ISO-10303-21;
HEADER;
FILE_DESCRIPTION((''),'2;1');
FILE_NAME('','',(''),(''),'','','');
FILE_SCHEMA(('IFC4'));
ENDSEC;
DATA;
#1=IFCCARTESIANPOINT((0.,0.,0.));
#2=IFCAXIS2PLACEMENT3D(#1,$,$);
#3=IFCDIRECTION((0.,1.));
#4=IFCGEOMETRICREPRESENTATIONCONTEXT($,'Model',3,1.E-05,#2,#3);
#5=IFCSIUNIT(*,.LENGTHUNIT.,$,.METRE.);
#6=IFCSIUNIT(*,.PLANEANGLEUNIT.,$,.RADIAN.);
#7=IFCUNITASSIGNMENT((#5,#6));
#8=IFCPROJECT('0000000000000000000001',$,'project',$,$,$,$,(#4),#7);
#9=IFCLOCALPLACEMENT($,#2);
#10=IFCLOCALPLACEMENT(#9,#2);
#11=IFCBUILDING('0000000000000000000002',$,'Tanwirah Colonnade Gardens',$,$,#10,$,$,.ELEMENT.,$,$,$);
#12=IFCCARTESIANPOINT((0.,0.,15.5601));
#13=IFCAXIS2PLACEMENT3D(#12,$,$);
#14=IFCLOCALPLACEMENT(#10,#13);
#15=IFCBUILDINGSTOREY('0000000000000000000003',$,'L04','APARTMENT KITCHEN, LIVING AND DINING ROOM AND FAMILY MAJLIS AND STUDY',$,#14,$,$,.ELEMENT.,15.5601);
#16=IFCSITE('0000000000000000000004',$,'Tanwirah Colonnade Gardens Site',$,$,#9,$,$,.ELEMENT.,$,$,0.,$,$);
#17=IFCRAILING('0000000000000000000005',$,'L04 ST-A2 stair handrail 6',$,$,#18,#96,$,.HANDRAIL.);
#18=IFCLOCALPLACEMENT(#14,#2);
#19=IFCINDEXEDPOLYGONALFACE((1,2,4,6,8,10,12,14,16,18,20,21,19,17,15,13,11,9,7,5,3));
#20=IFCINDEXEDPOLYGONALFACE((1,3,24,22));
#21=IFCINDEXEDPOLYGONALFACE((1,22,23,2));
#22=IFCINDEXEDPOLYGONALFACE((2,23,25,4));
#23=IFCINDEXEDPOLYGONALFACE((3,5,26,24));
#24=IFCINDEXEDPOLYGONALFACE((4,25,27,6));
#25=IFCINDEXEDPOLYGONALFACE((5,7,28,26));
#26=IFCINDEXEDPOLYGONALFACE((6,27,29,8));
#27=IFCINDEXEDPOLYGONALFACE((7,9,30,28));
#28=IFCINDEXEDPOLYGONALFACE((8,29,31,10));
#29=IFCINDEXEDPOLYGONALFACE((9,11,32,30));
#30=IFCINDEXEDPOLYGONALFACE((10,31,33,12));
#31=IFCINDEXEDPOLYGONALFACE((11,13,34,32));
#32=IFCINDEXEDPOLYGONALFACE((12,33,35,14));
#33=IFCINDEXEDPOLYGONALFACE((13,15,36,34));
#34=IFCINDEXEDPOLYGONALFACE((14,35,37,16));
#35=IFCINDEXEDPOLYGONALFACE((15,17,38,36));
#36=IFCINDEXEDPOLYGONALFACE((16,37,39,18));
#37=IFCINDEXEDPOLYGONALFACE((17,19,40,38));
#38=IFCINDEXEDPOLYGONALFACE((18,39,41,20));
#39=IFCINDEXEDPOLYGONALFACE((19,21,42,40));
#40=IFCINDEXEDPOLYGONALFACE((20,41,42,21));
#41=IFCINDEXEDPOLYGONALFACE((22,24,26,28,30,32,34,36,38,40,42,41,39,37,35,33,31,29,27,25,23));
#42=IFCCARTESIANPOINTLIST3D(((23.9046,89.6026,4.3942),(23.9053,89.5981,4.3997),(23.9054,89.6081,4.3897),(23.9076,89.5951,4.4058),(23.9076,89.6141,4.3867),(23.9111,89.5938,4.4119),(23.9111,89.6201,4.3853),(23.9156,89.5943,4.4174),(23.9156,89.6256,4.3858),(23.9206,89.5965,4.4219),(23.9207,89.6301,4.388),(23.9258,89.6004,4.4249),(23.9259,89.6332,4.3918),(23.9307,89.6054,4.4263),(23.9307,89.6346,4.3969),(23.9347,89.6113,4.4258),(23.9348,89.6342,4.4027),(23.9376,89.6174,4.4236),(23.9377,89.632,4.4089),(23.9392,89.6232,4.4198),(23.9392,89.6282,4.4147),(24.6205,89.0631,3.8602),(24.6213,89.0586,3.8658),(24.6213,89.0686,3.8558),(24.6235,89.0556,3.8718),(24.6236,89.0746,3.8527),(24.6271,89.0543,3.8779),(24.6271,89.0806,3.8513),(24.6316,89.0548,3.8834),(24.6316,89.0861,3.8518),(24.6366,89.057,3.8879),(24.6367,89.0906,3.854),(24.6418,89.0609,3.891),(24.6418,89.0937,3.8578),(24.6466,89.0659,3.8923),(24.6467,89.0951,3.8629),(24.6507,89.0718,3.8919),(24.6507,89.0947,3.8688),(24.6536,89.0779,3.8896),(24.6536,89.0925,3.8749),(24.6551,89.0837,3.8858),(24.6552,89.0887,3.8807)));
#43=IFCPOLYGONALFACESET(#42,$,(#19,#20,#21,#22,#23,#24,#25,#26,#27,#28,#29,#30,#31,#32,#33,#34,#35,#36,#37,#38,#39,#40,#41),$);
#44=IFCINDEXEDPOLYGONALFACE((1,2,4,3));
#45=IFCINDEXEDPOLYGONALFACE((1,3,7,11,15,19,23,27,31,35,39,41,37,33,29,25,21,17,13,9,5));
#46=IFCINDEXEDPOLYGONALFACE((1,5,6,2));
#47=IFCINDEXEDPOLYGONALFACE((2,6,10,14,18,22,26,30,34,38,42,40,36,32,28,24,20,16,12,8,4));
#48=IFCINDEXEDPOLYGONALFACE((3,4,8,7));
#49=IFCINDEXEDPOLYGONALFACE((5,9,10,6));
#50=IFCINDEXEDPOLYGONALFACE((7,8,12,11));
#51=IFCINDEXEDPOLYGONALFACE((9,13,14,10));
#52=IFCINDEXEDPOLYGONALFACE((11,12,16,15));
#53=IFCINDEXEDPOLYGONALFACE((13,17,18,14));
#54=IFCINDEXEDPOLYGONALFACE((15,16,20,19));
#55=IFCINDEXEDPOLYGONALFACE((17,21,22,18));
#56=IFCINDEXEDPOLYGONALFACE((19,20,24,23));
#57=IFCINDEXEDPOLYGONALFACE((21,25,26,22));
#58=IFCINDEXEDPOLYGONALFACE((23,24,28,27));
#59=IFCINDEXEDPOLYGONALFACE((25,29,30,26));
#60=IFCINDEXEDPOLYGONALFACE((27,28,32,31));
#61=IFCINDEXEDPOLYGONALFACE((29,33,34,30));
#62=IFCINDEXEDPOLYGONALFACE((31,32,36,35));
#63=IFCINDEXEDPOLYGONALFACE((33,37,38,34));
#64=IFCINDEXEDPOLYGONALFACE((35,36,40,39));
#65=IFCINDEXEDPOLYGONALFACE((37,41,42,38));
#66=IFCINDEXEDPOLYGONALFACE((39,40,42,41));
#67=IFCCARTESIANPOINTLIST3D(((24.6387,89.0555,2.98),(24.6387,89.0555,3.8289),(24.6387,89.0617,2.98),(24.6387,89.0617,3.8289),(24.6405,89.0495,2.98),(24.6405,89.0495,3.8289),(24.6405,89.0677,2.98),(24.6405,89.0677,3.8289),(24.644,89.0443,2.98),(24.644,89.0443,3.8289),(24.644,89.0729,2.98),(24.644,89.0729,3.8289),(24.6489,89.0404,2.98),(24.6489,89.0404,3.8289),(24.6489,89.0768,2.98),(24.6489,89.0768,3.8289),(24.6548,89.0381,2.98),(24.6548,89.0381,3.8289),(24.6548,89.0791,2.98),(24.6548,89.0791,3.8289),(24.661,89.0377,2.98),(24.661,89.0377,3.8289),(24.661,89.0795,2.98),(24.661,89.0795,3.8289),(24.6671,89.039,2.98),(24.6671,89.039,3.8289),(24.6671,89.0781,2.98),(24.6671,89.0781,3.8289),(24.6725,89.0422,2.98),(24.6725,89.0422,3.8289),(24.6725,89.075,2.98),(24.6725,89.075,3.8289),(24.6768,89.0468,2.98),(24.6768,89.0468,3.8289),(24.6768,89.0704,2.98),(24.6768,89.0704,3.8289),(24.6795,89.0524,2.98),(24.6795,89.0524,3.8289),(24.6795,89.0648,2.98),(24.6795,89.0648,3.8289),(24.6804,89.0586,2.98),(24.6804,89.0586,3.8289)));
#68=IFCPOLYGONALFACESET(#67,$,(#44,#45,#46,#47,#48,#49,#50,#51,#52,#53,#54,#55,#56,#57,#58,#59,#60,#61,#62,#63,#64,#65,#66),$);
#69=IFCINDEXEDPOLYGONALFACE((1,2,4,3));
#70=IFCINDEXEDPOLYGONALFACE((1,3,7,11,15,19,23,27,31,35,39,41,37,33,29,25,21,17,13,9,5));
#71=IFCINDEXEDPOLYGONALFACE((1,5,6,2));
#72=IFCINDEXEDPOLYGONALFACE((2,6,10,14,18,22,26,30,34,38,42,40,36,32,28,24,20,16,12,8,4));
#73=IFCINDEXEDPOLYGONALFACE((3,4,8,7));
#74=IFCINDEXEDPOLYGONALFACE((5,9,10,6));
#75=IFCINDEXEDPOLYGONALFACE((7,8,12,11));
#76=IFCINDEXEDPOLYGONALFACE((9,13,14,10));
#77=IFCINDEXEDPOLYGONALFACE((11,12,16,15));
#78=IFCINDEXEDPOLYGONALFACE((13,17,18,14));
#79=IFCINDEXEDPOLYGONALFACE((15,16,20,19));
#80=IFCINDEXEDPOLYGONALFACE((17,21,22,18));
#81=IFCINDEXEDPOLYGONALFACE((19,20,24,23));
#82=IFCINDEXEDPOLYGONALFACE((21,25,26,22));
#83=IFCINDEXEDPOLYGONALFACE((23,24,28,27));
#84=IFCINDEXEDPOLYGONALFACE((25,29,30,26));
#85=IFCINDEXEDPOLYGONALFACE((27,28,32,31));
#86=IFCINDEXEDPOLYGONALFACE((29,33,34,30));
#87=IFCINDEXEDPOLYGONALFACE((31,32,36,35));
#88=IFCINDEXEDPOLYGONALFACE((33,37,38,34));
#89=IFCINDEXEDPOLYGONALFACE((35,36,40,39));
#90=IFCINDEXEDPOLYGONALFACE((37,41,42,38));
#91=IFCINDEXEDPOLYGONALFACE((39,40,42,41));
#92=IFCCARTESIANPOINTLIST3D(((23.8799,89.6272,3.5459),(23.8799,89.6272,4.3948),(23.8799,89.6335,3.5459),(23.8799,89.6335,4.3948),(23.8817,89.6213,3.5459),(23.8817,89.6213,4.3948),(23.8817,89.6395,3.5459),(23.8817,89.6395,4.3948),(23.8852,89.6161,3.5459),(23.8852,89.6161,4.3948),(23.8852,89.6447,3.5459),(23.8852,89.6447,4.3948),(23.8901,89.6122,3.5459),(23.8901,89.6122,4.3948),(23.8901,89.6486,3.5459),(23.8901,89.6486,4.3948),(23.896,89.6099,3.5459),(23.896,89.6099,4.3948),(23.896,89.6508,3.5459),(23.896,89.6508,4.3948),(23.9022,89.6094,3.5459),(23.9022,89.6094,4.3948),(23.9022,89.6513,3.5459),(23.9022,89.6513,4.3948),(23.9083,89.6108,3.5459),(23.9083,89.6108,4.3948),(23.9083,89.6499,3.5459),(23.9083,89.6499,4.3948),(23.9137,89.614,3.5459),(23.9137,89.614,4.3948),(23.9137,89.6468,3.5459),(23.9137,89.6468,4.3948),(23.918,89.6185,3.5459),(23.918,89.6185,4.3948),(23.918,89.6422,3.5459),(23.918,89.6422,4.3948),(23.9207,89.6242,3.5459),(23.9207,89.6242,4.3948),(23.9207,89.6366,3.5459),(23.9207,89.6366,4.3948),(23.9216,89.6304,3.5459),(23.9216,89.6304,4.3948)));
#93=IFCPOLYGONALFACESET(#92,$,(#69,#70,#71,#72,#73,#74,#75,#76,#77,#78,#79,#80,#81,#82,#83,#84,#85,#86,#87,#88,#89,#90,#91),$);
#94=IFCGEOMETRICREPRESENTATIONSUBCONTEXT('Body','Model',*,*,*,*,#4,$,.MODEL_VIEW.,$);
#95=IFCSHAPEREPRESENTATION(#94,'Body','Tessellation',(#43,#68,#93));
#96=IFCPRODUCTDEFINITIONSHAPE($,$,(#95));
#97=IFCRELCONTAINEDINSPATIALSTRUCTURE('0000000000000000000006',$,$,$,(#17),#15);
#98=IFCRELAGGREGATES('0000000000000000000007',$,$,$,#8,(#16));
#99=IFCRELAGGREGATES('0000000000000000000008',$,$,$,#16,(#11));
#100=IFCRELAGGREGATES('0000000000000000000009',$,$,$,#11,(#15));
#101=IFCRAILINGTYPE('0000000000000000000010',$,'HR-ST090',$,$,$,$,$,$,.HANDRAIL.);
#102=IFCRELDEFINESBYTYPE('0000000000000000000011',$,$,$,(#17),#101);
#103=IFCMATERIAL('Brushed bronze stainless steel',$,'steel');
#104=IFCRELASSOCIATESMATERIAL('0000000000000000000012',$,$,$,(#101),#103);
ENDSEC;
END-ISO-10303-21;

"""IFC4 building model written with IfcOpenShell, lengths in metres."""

from ifc_helpers import new_model, si_unit, direction, frame, origin, origin_2d, place, context, subcontext, project, spatial, circle, extrude, material, type_object, element, save


model = new_model("IFC4")

# Units and contexts
model_context = context("Model", 3, precision=1e-05, world=origin(), true_north=direction((0.0, 1.0)))
body_context = subcontext(model_context, "Body", "Model", "MODEL_VIEW")
ifc_project = project(units=[si_unit("LENGTHUNIT", "METRE"), si_unit("PLANEANGLEUNIT", "RADIAN")], contexts=[model_context])

# Site, building, storey
site_placement = place(None, origin())
site = spatial("IfcSite", under=ifc_project, at=site_placement, Name="Tanwirah Colonnade Gardens Site", CompositionType="ELEMENT", RefElevation=0.0)
building_placement = place(site_placement, origin())
building = spatial("IfcBuilding", under=site, at=building_placement, Name="Tanwirah Colonnade Gardens", CompositionType="ELEMENT")
storey_placement = place(building_placement, frame((0.0, 0.0, 15.5601)))
storey = spatial("IfcBuildingStorey", under=building, at=storey_placement, Name="L04", Description="APARTMENT KITCHEN, LIVING AND DINING ROOM AND FAMILY MAJLIS AND STUDY", CompositionType="ELEMENT", Elevation=15.5601)

# Railing
ifc_material_1 = material(Name="Brushed bronze stainless steel", Category="steel")
railing_type_1 = type_object("IfcRailingType", Name="HR-ST090", PredefinedType="HANDRAIL", material=ifc_material_1)
railing_1_placement = place(storey_placement, frame((24.6594, 89.0586, 2.98)))
element("IfcRailing", 1, at=railing_1_placement, inside=storey, type_object=railing_type_1, Name="L04 ST-A2 stair handrail 6", PredefinedType="HANDRAIL", context=body_context, shape_type="SweptSolid", body=[
    extrude(circle(Radius=0.0239, at=origin_2d()), frame((-0.0215, 0.0161, 0.8918), z_axis=(-0.686145, 0.517037, 0.511739), x_axis=(-0.601807, -0.798641, 0.0)), (0.0, 0.0, 1.0), 1.0435),
    extrude(circle(Radius=0.021, at=origin_2d()), origin(), (0.0, 0.0, 1.0), 0.8489),
    extrude(circle(Radius=0.021, at=origin_2d()), frame((-0.7588, 0.5718, 0.5659)), (0.0, 0.0, 1.0), 0.8489),
])

save(model, "model.ifc")
